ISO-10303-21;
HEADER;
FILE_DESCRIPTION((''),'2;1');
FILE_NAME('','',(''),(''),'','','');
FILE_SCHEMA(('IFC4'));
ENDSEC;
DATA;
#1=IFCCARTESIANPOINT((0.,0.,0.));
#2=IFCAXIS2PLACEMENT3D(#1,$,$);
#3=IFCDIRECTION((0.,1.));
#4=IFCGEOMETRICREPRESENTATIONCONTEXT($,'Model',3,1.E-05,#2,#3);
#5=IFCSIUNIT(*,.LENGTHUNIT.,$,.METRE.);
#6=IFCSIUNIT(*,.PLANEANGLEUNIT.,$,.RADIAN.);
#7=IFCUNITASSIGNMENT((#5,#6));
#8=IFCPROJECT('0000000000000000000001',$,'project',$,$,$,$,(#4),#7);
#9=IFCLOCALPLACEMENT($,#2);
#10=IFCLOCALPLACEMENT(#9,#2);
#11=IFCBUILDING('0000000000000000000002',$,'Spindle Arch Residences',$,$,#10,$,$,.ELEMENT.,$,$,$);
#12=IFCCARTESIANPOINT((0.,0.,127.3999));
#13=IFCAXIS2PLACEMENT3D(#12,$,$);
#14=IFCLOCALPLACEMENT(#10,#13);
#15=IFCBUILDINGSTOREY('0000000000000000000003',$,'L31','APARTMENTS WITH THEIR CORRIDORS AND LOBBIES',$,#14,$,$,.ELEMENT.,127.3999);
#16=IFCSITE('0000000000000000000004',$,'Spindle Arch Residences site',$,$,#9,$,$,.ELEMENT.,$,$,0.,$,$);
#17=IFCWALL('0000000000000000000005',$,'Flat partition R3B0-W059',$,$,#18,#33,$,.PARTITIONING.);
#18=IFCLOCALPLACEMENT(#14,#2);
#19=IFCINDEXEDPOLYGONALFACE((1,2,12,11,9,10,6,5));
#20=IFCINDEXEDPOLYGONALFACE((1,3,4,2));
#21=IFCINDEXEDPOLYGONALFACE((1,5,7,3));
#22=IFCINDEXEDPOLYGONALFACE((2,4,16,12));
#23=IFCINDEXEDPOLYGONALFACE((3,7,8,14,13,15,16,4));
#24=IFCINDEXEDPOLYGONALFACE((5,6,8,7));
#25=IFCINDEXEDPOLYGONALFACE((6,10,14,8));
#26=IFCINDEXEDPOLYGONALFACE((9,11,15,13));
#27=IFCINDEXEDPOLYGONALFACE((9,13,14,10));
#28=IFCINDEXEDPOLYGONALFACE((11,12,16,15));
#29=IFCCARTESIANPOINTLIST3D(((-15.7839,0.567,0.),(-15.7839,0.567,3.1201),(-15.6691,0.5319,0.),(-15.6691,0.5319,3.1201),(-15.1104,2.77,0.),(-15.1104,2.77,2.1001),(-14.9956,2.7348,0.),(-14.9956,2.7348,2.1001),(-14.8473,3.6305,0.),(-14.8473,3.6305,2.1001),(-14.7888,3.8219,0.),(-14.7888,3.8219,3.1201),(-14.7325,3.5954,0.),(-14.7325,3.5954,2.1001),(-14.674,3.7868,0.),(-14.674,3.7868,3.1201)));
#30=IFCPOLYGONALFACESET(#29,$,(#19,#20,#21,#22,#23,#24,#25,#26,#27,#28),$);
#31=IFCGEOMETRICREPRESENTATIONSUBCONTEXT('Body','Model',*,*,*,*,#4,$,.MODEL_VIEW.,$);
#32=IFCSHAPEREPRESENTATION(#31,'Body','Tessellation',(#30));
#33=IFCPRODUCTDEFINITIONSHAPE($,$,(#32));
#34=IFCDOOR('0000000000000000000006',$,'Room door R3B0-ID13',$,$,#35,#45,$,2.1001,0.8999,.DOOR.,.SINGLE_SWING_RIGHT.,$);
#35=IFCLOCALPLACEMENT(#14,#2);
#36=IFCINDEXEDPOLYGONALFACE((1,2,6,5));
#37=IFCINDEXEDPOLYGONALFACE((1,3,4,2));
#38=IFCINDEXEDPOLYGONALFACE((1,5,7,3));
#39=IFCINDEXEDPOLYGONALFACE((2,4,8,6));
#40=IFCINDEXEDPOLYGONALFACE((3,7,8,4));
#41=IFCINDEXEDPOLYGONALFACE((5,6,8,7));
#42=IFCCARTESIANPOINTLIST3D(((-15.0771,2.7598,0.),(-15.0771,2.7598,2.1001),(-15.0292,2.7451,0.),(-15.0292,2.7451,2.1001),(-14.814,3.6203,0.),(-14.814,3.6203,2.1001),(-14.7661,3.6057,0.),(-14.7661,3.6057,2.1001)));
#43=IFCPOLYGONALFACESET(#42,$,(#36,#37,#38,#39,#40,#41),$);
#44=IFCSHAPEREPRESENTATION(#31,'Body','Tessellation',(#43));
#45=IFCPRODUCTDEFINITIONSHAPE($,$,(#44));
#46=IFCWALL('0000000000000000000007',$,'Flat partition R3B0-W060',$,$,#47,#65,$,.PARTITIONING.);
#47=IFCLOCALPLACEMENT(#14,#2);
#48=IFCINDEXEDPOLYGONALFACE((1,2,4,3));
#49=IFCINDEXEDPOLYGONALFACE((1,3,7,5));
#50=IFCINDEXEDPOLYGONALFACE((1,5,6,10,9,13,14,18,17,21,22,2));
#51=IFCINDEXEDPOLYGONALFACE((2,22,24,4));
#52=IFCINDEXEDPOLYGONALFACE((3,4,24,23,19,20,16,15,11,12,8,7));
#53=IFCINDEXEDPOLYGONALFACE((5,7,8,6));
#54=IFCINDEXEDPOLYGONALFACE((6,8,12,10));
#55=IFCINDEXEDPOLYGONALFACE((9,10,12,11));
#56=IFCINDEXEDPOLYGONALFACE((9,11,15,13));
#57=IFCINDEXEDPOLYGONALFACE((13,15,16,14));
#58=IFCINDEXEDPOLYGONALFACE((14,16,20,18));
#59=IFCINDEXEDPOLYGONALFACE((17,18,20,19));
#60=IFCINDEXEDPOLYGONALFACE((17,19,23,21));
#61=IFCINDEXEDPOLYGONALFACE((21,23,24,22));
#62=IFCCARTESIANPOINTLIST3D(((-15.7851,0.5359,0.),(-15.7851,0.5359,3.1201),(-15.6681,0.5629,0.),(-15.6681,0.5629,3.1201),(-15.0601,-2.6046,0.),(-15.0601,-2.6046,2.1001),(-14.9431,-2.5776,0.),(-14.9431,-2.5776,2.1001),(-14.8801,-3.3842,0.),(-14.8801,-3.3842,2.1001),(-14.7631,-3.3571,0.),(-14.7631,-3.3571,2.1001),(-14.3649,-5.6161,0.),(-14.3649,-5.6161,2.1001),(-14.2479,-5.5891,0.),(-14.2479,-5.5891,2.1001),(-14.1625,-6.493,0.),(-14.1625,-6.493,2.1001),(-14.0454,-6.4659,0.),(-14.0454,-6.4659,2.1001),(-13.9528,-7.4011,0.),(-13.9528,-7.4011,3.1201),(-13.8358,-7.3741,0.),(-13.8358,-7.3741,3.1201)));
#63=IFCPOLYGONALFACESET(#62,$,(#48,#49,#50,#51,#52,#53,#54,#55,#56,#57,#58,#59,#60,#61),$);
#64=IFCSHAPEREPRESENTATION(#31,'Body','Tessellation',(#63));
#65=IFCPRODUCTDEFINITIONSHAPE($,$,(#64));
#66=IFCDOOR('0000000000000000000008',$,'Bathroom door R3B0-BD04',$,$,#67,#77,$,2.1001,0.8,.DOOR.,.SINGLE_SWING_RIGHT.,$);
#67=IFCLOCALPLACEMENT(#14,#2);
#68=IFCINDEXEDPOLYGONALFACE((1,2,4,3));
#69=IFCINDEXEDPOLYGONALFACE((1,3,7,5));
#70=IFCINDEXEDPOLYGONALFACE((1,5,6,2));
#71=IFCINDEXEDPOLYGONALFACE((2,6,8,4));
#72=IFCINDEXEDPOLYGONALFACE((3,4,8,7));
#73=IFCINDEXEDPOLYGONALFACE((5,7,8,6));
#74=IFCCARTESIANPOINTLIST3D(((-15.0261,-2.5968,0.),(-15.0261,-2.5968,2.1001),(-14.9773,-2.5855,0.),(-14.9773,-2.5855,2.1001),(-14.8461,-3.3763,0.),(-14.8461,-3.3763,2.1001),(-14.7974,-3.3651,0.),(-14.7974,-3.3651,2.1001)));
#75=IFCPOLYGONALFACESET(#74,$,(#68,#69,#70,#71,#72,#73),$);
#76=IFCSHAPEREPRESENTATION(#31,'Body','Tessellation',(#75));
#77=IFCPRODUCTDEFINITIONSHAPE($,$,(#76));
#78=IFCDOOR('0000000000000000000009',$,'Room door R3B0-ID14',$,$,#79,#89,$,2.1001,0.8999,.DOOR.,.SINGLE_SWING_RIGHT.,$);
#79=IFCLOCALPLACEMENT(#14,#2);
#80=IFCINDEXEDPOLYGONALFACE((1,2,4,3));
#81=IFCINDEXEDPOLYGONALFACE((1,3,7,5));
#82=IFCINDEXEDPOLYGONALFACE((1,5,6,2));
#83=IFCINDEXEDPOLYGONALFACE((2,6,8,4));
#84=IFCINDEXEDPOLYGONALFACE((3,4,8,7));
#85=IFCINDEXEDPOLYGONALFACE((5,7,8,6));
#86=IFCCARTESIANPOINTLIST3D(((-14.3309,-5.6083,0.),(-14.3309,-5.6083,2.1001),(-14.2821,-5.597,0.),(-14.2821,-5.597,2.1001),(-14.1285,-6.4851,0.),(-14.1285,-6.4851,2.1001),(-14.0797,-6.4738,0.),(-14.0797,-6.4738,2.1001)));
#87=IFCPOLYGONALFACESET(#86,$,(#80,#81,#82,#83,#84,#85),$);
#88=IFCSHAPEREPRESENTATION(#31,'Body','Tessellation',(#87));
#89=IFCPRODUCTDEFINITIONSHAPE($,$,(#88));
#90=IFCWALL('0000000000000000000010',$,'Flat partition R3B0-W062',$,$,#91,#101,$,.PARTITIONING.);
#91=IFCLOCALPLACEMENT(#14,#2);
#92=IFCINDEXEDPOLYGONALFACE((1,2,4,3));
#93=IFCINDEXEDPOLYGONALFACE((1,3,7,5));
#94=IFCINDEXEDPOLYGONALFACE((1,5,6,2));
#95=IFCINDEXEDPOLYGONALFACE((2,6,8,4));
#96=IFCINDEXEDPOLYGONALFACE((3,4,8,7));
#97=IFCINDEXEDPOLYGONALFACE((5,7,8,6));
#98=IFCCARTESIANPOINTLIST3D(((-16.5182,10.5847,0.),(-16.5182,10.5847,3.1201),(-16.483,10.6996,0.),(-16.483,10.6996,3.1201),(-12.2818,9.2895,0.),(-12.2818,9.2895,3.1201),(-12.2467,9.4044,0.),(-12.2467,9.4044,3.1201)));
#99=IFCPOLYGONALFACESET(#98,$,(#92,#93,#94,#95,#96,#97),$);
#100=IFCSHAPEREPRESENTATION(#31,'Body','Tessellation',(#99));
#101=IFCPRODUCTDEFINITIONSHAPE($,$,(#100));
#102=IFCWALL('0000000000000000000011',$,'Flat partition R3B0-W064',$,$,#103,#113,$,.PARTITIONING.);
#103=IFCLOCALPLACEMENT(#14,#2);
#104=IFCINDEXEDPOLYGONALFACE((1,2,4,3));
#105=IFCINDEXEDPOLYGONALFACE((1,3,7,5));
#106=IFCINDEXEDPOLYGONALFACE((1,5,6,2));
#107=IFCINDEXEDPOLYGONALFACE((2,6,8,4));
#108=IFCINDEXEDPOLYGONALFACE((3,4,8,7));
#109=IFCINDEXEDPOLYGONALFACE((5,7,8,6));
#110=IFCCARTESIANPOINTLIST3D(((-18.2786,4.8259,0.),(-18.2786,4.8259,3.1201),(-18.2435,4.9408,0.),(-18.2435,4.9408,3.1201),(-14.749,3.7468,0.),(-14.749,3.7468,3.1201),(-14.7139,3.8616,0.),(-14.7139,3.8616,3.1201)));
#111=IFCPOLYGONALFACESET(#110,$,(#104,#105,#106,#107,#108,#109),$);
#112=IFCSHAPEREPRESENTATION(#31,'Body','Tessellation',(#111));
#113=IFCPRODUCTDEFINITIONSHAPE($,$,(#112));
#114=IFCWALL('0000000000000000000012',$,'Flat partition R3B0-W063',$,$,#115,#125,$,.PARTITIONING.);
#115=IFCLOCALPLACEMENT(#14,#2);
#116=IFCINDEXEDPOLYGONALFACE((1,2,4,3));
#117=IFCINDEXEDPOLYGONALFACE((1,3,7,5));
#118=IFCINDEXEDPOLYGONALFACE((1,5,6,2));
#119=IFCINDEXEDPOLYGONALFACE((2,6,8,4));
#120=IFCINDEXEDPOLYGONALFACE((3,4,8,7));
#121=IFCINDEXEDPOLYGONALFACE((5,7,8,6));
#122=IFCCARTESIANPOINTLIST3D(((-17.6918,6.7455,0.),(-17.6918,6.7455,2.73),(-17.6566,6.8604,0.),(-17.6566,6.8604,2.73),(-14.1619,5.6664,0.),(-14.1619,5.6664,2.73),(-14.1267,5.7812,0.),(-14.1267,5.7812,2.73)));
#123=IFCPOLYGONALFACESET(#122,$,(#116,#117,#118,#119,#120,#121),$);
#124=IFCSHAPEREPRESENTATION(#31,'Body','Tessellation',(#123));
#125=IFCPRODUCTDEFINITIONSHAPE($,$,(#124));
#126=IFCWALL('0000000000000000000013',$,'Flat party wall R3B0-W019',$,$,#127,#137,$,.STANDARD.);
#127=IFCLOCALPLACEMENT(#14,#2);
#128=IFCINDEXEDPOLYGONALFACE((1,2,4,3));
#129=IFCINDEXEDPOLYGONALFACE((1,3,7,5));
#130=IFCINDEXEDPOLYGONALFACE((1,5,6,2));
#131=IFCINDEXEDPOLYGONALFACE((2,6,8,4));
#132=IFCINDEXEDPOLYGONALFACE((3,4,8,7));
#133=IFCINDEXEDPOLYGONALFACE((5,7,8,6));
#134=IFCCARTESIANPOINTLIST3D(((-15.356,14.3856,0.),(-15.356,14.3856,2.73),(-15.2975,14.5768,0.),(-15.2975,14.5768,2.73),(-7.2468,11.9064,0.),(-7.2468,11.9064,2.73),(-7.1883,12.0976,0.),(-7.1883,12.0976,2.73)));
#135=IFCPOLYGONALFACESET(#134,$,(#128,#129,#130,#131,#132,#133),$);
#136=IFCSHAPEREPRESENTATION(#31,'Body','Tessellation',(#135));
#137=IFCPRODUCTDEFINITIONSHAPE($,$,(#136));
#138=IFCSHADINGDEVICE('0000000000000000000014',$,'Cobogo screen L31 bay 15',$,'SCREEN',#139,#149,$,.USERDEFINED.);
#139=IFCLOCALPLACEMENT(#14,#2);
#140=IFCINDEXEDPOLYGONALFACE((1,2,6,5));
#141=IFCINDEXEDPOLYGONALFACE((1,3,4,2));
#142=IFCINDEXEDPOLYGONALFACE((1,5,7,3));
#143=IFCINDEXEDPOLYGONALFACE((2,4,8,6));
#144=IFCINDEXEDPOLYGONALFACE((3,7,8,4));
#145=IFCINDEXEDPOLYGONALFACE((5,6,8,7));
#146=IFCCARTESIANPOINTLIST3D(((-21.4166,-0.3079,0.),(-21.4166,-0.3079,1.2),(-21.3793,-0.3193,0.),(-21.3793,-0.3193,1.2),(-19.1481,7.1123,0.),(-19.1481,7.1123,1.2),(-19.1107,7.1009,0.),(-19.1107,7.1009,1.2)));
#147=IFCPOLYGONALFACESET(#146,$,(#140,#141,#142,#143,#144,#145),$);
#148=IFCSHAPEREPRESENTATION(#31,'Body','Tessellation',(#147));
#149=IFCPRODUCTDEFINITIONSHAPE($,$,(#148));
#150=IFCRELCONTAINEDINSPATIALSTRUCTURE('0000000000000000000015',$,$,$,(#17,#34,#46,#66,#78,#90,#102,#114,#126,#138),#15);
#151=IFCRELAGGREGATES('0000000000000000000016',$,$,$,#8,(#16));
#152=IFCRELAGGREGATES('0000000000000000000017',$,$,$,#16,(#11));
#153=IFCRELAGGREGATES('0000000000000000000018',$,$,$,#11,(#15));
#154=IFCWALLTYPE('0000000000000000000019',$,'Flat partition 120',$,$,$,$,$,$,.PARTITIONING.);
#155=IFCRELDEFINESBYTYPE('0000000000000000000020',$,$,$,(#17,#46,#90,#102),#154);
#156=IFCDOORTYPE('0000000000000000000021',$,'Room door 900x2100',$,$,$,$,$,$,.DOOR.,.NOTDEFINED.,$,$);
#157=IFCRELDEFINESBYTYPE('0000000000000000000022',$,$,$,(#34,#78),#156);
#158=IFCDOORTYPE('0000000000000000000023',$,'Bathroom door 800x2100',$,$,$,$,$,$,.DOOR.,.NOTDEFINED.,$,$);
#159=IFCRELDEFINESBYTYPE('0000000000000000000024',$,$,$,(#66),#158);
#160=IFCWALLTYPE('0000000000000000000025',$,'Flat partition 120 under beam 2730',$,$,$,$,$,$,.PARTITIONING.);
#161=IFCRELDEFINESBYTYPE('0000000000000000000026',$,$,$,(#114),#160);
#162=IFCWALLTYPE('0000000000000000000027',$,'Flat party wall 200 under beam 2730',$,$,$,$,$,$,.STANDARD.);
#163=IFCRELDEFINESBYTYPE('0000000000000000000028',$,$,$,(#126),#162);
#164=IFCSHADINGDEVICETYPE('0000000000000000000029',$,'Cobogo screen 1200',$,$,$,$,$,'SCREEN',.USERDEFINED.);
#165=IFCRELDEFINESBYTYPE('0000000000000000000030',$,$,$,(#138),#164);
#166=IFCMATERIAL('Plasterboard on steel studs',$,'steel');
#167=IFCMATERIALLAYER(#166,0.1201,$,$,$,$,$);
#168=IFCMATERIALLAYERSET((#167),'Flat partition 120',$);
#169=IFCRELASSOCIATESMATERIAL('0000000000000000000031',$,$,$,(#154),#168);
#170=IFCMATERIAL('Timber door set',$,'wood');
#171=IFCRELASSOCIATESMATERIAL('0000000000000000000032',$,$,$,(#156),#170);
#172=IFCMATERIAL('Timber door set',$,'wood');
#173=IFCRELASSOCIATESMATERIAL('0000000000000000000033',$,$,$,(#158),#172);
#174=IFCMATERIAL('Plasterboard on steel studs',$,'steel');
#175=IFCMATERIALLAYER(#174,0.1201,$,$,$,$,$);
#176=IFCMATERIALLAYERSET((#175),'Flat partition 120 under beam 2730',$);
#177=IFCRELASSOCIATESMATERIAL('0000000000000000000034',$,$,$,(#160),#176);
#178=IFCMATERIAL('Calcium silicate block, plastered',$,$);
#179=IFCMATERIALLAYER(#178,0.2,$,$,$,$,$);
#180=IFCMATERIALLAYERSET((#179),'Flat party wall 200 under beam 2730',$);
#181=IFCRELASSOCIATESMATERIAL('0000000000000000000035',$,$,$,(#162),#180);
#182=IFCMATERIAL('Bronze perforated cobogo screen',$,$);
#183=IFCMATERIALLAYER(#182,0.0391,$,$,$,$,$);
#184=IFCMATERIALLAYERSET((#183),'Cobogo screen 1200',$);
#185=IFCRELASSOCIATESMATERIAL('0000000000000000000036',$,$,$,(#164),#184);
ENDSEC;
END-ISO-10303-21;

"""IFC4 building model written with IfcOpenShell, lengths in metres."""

from ifc_helpers import new_model, si_unit, direction, frame, frame_2d, origin, origin_2d, place, context, subcontext, project, spatial, rectangle, extrude, material, layer, layer_set, type_object, element, fill, save


model = new_model("IFC4")

# Units and contexts
model_context = context("Model", 3, precision=1e-05, world=origin(), true_north=direction((0.0, 1.0)))
body_context = subcontext(model_context, "Body", "Model", "MODEL_VIEW")
ifc_project = project(units=[si_unit("LENGTHUNIT", "METRE"), si_unit("PLANEANGLEUNIT", "RADIAN")], contexts=[model_context])

# Site, building, storey
site_placement = place(None, origin())
site = spatial("IfcSite", under=ifc_project, at=site_placement, Name="Spindle Arch Residences site", CompositionType="ELEMENT", RefElevation=0.0)
building_placement = place(site_placement, origin())
building = spatial("IfcBuilding", under=site, at=building_placement, Name="Spindle Arch Residences", CompositionType="ELEMENT")
storey_placement = place(building_placement, frame((0.0, 0.0, 127.3999)))
storey = spatial("IfcBuildingStorey", under=building, at=storey_placement, Name="L31", Description="APARTMENTS WITH THEIR CORRIDORS AND LOBBIES", CompositionType="ELEMENT", Elevation=127.3999)

# Wall, opening, door
ifc_material_1 = material(Name="Plasterboard on steel studs", Category="steel")
ifc_layer_1 = layer(ifc_material_1, 0.1201)
ifc_layer_set_1 = layer_set([ifc_layer_1], Name="Flat partition 120")
wall_type_1 = type_object("IfcWallType", Name="Flat partition 120", PredefinedType="PARTITIONING", material=ifc_layer_set_1)
wall_1_placement = place(storey_placement, frame((-14.7314, 3.8042, 0.0), z_axis=(0.0, 0.0, 1.0), x_axis=(-0.292372, -0.956305, 0.0)))
wall_1 = element("IfcWall", 1, at=wall_1_placement, inside=storey, type_object=wall_type_1, Name="Flat partition R3B0-W059", PredefinedType="PARTITIONING", context=body_context, shape_type="SweptSolid", body=[
    extrude(rectangle(XDim=3.4036, YDim=0.1201, at=frame_2d((1.7017, 0.0))), origin(), (0.0, 0.0, 1.0), 3.1201),
])
opening_1_placement = place(wall_1_placement, frame((0.2, 0.0, 0.0)))
opening_1 = element("IfcOpeningElement", 2, at=opening_1_placement, cuts=wall_1, PredefinedType="OPENING", context=body_context, shape_type="SweptSolid", body=[
    extrude(rectangle(XDim=0.8999, YDim=2.1001, at=frame_2d((0.45, 1.05))), frame((0.0, 0.0701, 0.0), z_axis=(0.0, -1.0, 0.0), x_axis=(1.0, 0.0, 0.0)), (0.0, 0.0, 1.0), 0.1401),
])
ifc_material_2 = material(Name="Timber door set", Category="wood")
door_type_1 = type_object("IfcDoorType", Name="Room door 900x2100", OperationType="NOTDEFINED", PredefinedType="DOOR", material=ifc_material_2)
door_1_placement = place(opening_1_placement, origin())
door_1 = element("IfcDoor", 3, at=door_1_placement, inside=storey, type_object=door_type_1, Name="Room door R3B0-ID13", OperationType="SINGLE_SWING_RIGHT", OverallHeight=2.1001, OverallWidth=0.8999, PredefinedType="DOOR", context=body_context, shape_type="SweptSolid", body=[
    extrude(rectangle(XDim=0.8999, YDim=2.1001, at=frame_2d((0.45, 1.05))), frame((0.0, 0.0249, 0.0), z_axis=(0.0, -1.0, 0.0), x_axis=(1.0, 0.0, 0.0)), (0.0, 0.0, 1.0), 0.05),
])
fill(opening_1, door_1)

# Wall, openings, doors
wall_2_placement = place(storey_placement, frame((-15.7266, 0.5493, 0.0), z_axis=(0.0, 0.0, 1.0), x_axis=(0.224936, -0.974374, 0.0)))
wall_2 = element("IfcWall", 4, at=wall_2_placement, inside=storey, type_object=wall_type_1, Name="Flat partition R3B0-W060", PredefinedType="PARTITIONING", context=body_context, shape_type="SweptSolid", body=[
    extrude(rectangle(XDim=8.1458, YDim=0.1201, at=frame_2d((4.0728, 0.0))), origin(), (0.0, 0.0, 1.0), 3.1201),
])
opening_2_placement = place(wall_2_placement, frame((3.2231, 0.0, 0.0)))
opening_2 = element("IfcOpeningElement", 5, at=opening_2_placement, cuts=wall_2, PredefinedType="OPENING", context=body_context, shape_type="SweptSolid", body=[
    extrude(rectangle(XDim=0.8, YDim=2.1001, at=frame_2d((0.3999, 1.05))), frame((0.0, 0.0701, 0.0), z_axis=(0.0, -1.0, 0.0), x_axis=(1.0, 0.0, 0.0)), (0.0, 0.0, 1.0), 0.1401),
])
opening_3_placement = place(wall_2_placement, frame((6.3137, 0.0, 0.0)))
opening_3 = element("IfcOpeningElement", 6, at=opening_3_placement, cuts=wall_2, PredefinedType="OPENING", context=body_context, shape_type="SweptSolid", body=[
    extrude(rectangle(XDim=0.8999, YDim=2.1001, at=frame_2d((0.45, 1.05))), frame((0.0, 0.0701, 0.0), z_axis=(0.0, -1.0, 0.0), x_axis=(1.0, 0.0, 0.0)), (0.0, 0.0, 1.0), 0.1401),
])
ifc_material_3 = material(Name="Timber door set", Category="wood")
door_type_2 = type_object("IfcDoorType", Name="Bathroom door 800x2100", OperationType="NOTDEFINED", PredefinedType="DOOR", material=ifc_material_3)
door_2_placement = place(opening_2_placement, origin())
door_2 = element("IfcDoor", 7, at=door_2_placement, inside=storey, type_object=door_type_2, Name="Bathroom door R3B0-BD04", OperationType="SINGLE_SWING_RIGHT", OverallHeight=2.1001, OverallWidth=0.8, PredefinedType="DOOR", context=body_context, shape_type="SweptSolid", body=[
    extrude(rectangle(XDim=0.8, YDim=2.1001, at=frame_2d((0.3999, 1.05))), frame((0.0, 0.0249, 0.0), z_axis=(0.0, -1.0, 0.0), x_axis=(1.0, 0.0, 0.0)), (0.0, 0.0, 1.0), 0.05),
])
fill(opening_2, door_2)
door_3_placement = place(opening_3_placement, origin())
door_3 = element("IfcDoor", 8, at=door_3_placement, inside=storey, type_object=door_type_1, Name="Room door R3B0-ID14", OperationType="SINGLE_SWING_RIGHT", OverallHeight=2.1001, OverallWidth=0.8999, PredefinedType="DOOR", context=body_context, shape_type="SweptSolid", body=[
    extrude(rectangle(XDim=0.8999, YDim=2.1001, at=frame_2d((0.45, 1.05))), frame((0.0, 0.0249, 0.0), z_axis=(0.0, -1.0, 0.0), x_axis=(1.0, 0.0, 0.0)), (0.0, 0.0, 1.0), 0.05),
])
fill(opening_3, door_3)

# Walls
wall_3_placement = place(storey_placement, frame((-16.5005, 10.6421, 0.0), z_axis=(0.0, 0.0, 1.0), x_axis=(0.956305, -0.29237, 0.0)))
element("IfcWall", 9, at=wall_3_placement, inside=storey, type_object=wall_type_1, Name="Flat partition R3B0-W062", PredefinedType="PARTITIONING", context=body_context, shape_type="SweptSolid", body=[
    extrude(rectangle(XDim=4.4299, YDim=0.1201, at=frame_2d((2.2148, 0.0))), origin(), (0.0, 0.0, 1.0), 3.1201),
])
wall_4_placement = place(storey_placement, frame((-14.7314, 3.8042, 0.0), z_axis=(0.0, 0.0, 1.0), x_axis=(-0.956304, 0.292375, 0.0)))
element("IfcWall", 10, at=wall_4_placement, inside=storey, type_object=wall_type_1, Name="Flat partition R3B0-W064", PredefinedType="PARTITIONING", context=body_context, shape_type="SweptSolid", body=[
    extrude(rectangle(XDim=3.6909, YDim=0.1201, at=frame_2d((1.8455, 0.0))), origin(), (0.0, 0.0, 1.0), 3.1201),
])
ifc_material_4 = material(Name="Plasterboard on steel studs", Category="steel")
ifc_layer_2 = layer(ifc_material_4, 0.1201)
ifc_layer_set_2 = layer_set([ifc_layer_2], Name="Flat partition 120 under beam 2730")
wall_type_2 = type_object("IfcWallType", Name="Flat partition 120 under beam 2730", PredefinedType="PARTITIONING", material=ifc_layer_set_2)
wall_5_placement = place(storey_placement, frame((-17.6743, 6.803, 0.0), z_axis=(0.0, 0.0, 1.0), x_axis=(0.956309, -0.292356, 0.0)))
element("IfcWall", 11, at=wall_5_placement, inside=storey, type_object=wall_type_2, Name="Flat partition R3B0-W063", PredefinedType="PARTITIONING", context=body_context, shape_type="SweptSolid", body=[
    extrude(rectangle(XDim=3.6912, YDim=0.1201, at=frame_2d((1.8457, 0.0))), origin(), (0.0, 0.0, 1.0), 2.73),
])
ifc_material_5 = material(Name="Calcium silicate block, plastered")
ifc_layer_3 = layer(ifc_material_5, 0.2)
ifc_layer_set_3 = layer_set([ifc_layer_3], Name="Flat party wall 200 under beam 2730")
wall_type_3 = type_object("IfcWallType", Name="Flat party wall 200 under beam 2730", PredefinedType="STANDARD", material=ifc_layer_set_3)
wall_6_placement = place(storey_placement, frame((-15.3267, 14.4812, 0.0), z_axis=(0.0, 0.0, 1.0), x_axis=(0.956304, -0.292376, 0.0)))
element("IfcWall", 12, at=wall_6_placement, inside=storey, type_object=wall_type_3, Name="Flat party wall R3B0-W019", PredefinedType="STANDARD", context=body_context, shape_type="SweptSolid", body=[
    extrude(rectangle(XDim=8.4797, YDim=0.2, at=frame_2d((4.2397, 0.0))), origin(), (0.0, 0.0, 1.0), 2.73),
])

# Shading device
ifc_material_6 = material(Name="Bronze perforated cobogo screen")
ifc_layer_4 = layer(ifc_material_6, 0.0391)
ifc_layer_set_4 = layer_set([ifc_layer_4], Name="Cobogo screen 1200")
shading_device_type = type_object("IfcShadingDeviceType", Name="Cobogo screen 1200", ElementType="SCREEN", PredefinedType="USERDEFINED", material=ifc_layer_set_4)
shading_device_placement = place(storey_placement, frame((-20.2637, 3.3965, 0.0), z_axis=(0.0, 0.0, 1.0), x_axis=(-0.292372, -0.956305, 0.0)))
element("IfcShadingDevice", 13, at=shading_device_placement, inside=storey, type_object=shading_device_type, Name="Cobogo screen L31 bay 15", ObjectType="SCREEN", PredefinedType="USERDEFINED", context=body_context, shape_type="SweptSolid", body=[
    extrude(rectangle(XDim=7.7593, YDim=0.0391, at=origin_2d()), origin(), (0.0, 0.0, 1.0), 1.2),
])

save(model, "model.ifc")
